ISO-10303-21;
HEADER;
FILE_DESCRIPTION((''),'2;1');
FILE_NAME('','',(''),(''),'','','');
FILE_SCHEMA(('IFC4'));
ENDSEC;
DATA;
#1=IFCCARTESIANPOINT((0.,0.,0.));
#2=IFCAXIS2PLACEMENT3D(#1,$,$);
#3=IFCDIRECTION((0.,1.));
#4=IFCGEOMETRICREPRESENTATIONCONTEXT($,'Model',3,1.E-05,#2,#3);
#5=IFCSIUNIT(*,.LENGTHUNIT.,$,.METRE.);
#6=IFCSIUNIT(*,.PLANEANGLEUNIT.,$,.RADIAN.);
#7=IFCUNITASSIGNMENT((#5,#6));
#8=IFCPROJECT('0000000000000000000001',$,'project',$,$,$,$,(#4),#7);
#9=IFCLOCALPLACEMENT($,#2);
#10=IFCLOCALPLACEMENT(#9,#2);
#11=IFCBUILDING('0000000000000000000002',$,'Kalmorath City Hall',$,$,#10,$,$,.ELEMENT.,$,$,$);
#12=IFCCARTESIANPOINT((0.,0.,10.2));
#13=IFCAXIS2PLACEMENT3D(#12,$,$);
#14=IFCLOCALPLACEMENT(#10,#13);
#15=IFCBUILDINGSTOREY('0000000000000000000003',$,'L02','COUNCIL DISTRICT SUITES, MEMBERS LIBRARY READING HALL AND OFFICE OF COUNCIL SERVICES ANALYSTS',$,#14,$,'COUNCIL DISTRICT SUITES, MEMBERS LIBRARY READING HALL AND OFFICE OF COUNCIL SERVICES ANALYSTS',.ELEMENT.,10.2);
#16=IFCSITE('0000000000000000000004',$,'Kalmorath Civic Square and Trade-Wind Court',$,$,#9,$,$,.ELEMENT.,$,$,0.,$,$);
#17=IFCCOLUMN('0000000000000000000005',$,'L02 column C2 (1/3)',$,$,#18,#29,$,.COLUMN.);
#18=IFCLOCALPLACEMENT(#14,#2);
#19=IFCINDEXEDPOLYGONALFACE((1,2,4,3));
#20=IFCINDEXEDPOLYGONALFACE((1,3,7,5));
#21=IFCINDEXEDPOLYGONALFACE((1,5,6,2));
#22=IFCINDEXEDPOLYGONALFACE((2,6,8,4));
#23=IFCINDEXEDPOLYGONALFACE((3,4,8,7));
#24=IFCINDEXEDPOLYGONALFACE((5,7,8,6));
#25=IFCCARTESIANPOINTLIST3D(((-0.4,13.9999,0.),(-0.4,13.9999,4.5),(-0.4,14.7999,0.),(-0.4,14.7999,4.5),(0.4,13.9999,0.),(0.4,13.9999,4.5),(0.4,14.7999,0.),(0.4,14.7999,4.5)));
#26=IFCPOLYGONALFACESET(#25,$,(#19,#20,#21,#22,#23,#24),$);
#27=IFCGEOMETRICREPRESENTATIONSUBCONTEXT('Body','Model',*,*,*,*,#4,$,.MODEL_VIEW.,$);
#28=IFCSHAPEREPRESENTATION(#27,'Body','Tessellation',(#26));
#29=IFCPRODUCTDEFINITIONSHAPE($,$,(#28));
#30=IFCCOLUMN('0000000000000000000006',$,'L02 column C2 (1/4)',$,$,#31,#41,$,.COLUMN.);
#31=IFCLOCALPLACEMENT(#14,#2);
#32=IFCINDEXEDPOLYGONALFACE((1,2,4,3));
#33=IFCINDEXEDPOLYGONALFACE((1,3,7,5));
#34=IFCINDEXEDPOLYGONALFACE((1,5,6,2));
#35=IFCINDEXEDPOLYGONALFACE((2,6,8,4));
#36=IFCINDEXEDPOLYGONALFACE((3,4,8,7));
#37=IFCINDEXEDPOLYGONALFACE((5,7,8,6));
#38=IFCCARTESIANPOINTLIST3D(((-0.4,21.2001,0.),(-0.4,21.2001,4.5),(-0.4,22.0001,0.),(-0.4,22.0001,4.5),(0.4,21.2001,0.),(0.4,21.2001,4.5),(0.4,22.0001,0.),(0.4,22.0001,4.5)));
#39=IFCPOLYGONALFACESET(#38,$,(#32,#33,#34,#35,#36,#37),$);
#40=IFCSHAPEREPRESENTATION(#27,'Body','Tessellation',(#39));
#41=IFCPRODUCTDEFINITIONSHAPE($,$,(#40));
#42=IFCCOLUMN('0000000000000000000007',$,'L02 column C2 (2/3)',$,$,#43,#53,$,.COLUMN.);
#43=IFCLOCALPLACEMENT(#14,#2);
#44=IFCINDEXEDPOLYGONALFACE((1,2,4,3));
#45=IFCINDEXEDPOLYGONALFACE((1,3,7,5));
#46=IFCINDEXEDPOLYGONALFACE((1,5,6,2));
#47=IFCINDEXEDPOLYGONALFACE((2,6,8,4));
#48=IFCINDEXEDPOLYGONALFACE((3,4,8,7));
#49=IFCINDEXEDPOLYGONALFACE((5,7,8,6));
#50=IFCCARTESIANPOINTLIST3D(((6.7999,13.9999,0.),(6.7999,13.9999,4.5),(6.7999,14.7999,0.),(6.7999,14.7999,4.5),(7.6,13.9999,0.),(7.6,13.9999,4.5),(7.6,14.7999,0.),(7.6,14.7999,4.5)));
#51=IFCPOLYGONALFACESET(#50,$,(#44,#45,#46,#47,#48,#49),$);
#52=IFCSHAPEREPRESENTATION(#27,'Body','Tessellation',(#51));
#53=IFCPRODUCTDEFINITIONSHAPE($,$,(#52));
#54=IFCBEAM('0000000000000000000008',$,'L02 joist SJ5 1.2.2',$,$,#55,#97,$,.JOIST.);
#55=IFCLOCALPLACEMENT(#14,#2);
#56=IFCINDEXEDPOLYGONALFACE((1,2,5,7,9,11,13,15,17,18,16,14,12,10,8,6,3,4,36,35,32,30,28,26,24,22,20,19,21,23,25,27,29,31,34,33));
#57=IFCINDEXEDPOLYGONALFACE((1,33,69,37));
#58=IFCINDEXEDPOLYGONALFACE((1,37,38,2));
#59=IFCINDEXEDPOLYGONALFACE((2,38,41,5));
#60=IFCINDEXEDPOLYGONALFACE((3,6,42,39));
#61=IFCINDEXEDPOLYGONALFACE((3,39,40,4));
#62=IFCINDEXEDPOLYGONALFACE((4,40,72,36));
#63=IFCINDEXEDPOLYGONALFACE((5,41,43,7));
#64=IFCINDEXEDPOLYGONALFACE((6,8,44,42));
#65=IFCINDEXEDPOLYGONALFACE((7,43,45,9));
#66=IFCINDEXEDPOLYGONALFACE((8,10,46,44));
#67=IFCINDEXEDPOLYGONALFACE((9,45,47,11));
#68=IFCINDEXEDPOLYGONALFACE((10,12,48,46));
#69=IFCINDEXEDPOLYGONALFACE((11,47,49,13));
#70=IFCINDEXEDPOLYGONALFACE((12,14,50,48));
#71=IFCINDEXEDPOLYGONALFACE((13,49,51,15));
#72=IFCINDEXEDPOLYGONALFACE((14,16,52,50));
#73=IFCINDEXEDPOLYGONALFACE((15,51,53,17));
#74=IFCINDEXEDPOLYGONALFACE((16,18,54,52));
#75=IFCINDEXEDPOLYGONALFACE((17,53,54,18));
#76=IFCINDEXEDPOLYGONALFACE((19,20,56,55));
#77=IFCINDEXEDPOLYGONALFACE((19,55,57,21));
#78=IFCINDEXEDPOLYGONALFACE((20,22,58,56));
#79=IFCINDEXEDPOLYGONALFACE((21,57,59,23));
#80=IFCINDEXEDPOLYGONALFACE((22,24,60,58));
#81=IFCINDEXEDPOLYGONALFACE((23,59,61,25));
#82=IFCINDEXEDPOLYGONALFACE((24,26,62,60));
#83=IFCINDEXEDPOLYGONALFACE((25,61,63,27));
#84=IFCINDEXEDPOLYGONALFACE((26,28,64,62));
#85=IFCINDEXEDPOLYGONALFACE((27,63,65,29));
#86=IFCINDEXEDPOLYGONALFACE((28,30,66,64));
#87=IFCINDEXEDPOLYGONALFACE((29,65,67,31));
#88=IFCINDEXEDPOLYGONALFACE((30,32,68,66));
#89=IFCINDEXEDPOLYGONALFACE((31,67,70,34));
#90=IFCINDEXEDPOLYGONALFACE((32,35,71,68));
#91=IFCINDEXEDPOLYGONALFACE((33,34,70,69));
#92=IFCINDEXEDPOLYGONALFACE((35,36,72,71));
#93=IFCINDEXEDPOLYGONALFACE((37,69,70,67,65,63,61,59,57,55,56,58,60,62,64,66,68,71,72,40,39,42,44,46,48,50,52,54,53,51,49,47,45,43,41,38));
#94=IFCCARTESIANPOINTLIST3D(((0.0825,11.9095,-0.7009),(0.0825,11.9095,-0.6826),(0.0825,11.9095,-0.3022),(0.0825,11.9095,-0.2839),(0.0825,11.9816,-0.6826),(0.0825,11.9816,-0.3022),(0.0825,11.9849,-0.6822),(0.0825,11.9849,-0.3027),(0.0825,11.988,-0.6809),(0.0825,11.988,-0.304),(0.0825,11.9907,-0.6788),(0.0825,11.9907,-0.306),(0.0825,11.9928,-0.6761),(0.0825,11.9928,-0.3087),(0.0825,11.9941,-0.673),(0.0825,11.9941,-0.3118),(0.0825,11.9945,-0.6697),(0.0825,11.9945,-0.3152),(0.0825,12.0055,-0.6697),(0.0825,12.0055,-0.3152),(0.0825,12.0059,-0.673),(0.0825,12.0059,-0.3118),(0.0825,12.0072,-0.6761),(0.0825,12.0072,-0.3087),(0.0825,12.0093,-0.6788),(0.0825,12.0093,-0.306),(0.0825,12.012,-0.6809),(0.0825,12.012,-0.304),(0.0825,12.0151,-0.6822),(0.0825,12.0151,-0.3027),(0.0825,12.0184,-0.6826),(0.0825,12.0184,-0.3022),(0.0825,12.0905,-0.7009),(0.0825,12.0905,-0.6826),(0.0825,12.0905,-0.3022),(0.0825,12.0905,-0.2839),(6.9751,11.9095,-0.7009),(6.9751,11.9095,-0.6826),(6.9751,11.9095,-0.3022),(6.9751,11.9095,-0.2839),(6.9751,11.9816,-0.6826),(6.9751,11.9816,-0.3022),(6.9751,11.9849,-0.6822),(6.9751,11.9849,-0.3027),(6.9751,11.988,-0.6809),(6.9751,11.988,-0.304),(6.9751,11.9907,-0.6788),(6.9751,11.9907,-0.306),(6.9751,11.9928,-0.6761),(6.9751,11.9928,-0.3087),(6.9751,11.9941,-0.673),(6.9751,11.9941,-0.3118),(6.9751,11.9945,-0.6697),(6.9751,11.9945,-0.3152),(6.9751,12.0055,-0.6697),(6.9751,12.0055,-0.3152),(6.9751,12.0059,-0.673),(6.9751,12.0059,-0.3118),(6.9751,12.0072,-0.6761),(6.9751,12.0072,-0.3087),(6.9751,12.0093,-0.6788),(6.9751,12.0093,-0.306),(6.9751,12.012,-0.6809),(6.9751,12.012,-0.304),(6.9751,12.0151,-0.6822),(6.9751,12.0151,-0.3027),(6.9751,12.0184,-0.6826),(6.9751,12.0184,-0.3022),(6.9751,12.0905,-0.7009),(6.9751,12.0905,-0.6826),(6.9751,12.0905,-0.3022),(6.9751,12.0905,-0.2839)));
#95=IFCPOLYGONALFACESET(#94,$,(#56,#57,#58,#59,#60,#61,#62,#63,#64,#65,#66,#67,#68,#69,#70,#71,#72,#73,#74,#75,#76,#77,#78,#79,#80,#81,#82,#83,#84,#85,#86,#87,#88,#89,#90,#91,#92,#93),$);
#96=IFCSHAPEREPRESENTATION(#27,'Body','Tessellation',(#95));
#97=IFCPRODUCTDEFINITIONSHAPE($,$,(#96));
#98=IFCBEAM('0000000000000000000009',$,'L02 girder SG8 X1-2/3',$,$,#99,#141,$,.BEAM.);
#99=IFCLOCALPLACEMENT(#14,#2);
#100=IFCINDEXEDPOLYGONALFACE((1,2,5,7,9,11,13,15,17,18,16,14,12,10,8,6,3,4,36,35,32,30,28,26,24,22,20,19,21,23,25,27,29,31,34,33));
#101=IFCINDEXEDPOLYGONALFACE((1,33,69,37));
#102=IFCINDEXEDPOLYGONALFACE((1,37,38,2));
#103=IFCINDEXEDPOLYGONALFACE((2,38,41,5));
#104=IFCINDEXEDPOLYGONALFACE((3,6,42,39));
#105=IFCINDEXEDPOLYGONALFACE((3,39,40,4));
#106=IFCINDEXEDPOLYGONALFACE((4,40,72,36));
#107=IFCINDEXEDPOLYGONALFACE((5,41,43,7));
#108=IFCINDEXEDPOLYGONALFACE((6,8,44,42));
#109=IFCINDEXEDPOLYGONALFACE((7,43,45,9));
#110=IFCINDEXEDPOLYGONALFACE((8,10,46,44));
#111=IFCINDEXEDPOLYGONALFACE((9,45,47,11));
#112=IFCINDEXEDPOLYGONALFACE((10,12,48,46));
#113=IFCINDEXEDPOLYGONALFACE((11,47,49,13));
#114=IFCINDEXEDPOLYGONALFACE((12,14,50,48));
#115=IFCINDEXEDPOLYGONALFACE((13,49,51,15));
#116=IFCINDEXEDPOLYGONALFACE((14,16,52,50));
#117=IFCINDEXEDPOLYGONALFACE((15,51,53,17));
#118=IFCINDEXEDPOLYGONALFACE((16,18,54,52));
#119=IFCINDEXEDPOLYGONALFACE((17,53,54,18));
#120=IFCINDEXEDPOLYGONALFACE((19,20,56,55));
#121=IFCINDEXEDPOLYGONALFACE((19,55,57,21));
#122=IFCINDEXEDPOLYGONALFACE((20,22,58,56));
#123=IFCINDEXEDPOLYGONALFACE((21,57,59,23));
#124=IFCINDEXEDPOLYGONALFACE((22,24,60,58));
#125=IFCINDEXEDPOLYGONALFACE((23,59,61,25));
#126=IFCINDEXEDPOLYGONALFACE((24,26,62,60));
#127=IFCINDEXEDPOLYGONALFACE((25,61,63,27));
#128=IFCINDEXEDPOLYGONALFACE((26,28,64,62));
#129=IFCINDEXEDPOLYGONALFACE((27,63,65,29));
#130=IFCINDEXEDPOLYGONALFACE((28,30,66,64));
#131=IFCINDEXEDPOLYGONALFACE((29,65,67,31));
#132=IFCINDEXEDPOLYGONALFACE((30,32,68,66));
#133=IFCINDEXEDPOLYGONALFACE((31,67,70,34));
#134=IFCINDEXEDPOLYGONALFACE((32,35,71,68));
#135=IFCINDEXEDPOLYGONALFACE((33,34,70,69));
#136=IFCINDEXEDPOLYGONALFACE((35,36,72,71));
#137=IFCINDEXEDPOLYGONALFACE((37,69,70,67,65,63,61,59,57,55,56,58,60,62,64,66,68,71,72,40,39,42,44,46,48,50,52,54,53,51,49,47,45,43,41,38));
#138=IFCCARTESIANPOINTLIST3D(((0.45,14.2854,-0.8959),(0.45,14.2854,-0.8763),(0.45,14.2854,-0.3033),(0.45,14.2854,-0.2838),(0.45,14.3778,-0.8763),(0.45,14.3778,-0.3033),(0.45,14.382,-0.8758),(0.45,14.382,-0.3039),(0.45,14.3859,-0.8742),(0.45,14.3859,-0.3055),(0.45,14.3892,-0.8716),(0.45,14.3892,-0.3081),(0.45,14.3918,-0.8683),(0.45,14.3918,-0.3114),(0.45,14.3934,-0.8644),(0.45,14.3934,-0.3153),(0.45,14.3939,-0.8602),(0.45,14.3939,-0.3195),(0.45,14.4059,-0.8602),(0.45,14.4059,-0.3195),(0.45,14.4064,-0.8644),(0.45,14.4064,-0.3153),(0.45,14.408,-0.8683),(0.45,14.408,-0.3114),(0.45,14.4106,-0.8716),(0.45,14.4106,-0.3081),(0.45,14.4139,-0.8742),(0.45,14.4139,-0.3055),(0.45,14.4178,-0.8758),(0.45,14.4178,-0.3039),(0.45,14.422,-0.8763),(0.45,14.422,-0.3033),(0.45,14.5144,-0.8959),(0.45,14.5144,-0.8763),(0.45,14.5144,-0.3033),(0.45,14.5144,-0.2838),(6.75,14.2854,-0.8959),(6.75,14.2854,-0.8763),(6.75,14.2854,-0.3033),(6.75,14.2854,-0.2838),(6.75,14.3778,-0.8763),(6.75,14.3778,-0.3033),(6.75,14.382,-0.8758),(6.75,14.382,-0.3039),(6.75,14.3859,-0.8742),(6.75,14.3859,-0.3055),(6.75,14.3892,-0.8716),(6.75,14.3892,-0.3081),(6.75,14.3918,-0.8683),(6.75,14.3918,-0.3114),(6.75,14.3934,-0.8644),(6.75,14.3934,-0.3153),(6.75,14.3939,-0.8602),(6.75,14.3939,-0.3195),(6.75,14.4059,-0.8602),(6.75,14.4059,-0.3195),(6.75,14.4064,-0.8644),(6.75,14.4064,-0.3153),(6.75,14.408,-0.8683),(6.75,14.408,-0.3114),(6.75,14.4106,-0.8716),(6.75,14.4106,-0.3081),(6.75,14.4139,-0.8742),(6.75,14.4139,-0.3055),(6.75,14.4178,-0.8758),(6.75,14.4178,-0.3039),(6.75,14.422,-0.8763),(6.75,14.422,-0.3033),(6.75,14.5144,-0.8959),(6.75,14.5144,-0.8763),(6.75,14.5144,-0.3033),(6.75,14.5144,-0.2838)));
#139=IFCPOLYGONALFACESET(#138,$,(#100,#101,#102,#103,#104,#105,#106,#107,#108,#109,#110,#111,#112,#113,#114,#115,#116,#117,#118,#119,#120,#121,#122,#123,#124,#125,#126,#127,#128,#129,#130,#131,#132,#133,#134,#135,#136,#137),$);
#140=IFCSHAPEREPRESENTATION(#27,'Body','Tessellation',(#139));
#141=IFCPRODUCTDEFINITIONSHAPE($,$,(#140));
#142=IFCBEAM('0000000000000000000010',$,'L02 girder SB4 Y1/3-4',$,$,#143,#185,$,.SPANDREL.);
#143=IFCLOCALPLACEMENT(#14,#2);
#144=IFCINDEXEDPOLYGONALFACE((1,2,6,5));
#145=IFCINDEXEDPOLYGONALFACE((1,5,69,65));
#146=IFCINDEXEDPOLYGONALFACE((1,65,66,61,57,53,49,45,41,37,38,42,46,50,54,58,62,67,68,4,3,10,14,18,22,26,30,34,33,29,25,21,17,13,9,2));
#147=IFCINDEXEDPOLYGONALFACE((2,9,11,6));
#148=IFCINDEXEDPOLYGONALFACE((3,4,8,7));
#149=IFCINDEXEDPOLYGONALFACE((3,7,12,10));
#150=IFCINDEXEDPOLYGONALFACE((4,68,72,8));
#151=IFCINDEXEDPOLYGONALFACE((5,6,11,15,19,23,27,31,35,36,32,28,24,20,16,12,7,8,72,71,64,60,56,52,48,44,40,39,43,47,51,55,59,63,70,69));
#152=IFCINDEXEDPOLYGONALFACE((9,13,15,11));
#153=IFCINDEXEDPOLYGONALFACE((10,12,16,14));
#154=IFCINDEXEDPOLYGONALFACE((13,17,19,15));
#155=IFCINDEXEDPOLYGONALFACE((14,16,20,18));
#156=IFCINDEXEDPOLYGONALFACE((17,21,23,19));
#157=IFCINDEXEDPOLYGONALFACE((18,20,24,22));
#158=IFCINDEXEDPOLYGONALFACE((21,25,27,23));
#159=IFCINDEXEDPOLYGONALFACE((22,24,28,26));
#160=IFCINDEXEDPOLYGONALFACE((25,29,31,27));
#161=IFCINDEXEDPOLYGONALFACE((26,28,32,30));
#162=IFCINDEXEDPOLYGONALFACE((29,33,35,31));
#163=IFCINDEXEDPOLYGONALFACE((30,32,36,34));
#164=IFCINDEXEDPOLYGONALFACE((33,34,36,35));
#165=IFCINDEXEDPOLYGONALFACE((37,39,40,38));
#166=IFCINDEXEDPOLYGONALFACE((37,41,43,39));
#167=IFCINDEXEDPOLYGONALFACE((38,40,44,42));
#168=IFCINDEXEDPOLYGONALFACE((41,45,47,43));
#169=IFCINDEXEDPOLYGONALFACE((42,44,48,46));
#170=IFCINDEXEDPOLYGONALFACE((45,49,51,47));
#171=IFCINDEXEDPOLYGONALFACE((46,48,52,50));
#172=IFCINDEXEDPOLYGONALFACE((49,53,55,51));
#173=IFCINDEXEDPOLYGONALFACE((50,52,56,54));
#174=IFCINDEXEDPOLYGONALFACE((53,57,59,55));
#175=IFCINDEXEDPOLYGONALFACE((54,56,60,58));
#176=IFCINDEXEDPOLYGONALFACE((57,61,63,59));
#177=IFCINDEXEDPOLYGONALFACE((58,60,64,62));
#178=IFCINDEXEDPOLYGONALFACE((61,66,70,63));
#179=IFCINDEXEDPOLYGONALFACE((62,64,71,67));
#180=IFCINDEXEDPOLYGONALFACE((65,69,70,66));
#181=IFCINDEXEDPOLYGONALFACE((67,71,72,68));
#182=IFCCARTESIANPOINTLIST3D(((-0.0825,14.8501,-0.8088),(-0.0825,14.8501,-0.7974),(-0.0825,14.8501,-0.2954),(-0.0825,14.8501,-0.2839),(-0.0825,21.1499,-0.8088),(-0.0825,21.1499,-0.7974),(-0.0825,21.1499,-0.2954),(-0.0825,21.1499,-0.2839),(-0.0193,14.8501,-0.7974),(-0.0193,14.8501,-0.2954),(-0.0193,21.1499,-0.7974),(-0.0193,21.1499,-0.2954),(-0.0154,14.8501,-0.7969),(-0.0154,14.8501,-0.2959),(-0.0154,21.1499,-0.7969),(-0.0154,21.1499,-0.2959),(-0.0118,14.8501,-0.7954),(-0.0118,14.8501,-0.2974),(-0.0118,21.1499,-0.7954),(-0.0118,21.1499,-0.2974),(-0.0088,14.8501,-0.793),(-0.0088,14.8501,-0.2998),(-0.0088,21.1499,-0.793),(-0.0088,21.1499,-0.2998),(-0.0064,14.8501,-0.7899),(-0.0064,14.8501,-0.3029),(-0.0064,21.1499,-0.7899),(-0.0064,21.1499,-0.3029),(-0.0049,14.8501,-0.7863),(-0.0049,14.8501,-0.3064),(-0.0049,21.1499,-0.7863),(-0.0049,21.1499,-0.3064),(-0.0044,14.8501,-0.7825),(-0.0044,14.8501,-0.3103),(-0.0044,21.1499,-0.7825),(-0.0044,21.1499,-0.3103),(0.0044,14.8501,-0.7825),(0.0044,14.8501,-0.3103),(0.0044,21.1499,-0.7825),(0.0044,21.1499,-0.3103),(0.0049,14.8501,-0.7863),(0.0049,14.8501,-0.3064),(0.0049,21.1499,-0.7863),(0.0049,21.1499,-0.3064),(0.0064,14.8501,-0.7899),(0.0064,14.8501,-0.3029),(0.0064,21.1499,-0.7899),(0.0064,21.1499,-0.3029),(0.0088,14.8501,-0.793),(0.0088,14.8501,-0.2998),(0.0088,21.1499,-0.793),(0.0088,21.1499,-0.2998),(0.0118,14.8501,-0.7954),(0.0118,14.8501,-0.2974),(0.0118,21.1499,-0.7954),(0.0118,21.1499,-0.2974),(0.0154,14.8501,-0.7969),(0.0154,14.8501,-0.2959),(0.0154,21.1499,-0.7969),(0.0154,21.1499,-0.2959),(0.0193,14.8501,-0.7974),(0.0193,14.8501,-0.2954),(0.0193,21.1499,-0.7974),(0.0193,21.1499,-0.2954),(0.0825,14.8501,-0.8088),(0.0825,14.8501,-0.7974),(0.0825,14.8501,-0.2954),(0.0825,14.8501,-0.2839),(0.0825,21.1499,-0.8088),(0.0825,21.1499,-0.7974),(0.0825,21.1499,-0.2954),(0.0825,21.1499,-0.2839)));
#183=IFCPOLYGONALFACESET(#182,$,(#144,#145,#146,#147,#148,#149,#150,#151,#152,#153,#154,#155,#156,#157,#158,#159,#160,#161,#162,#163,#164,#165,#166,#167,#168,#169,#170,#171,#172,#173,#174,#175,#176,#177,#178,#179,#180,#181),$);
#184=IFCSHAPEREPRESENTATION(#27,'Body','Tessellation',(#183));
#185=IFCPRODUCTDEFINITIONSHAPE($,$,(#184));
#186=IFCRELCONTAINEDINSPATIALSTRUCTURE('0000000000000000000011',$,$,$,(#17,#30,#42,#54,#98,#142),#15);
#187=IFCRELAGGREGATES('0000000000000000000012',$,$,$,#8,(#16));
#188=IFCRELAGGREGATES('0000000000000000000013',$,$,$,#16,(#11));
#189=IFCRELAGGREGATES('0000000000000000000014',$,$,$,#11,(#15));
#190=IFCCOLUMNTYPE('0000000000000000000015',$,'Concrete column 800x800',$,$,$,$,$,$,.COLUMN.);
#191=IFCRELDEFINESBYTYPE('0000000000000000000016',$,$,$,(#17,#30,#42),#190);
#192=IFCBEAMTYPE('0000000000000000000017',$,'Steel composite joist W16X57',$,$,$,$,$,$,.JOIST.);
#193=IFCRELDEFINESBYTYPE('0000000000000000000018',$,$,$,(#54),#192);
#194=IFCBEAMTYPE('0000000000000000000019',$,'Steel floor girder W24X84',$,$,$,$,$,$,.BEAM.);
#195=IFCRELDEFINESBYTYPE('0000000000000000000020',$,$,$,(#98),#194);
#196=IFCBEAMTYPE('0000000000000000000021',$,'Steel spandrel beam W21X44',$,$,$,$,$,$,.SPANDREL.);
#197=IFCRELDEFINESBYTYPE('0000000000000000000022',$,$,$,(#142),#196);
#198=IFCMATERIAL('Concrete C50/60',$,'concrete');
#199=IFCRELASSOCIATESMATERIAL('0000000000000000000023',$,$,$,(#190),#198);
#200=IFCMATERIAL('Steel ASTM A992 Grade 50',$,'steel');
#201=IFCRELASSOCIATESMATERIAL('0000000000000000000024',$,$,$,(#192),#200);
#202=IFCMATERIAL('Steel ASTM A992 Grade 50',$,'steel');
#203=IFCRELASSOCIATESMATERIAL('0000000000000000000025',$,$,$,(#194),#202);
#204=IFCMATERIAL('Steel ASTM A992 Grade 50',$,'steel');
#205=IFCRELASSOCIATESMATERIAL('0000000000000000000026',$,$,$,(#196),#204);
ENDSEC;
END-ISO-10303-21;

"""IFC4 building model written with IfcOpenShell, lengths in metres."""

from ifc_helpers import new_model, si_unit, direction, frame, origin, origin_2d, place, context, subcontext, project, spatial, rectangle, i_section, extrude, material, material_profile, profile_set, type_object, element, save


model = new_model("IFC4")

# Units and contexts
model_context = context("Model", 3, precision=1e-05, world=origin(), true_north=direction((0.0, 1.0)))
body_context = subcontext(model_context, "Body", "Model", "MODEL_VIEW")
ifc_project = project(units=[si_unit("LENGTHUNIT", "METRE"), si_unit("PLANEANGLEUNIT", "RADIAN")], contexts=[model_context])

# Site, building, storey
site_placement = place(None, origin())
site = spatial("IfcSite", under=ifc_project, at=site_placement, Name="Kalmorath Civic Square and Trade-Wind Court", CompositionType="ELEMENT", RefElevation=0.0)
building_placement = place(site_placement, origin())
building = spatial("IfcBuilding", under=site, at=building_placement, Name="Kalmorath City Hall", CompositionType="ELEMENT")
storey_placement = place(building_placement, frame((0.0, 0.0, 10.2)))
storey = spatial("IfcBuildingStorey", under=building, at=storey_placement, Name="L02", Description="COUNCIL DISTRICT SUITES, MEMBERS LIBRARY READING HALL AND OFFICE OF COUNCIL SERVICES ANALYSTS", LongName="COUNCIL DISTRICT SUITES, MEMBERS LIBRARY READING HALL AND OFFICE OF COUNCIL SERVICES ANALYSTS", CompositionType="ELEMENT", Elevation=10.2)

# Columns
ifc_material_1 = material(Name="Concrete C50/60", Category="concrete")
ifc_material_profile_1 = material_profile(ifc_material_1, rectangle(XDim=0.8, YDim=0.8, at=origin_2d()), Name="RC-COL-800X800")
ifc_profile_set_1 = profile_set([ifc_material_profile_1], Name="Concrete C50/60")
column_type = type_object("IfcColumnType", Name="Concrete column 800x800", PredefinedType="COLUMN", material=ifc_profile_set_1)
for number, where, z_axis, x_axis, name in (
    (1, (0.0, 14.3999, 0.0), (0.0, 0.0, 1.0), (1.0, 0.0, 0.0), "L02 column C2 (1/3)"),
    (2, (0.0, 21.6001, 0.0), (0.0, 0.0, 1.0), (1.0, 0.0, 0.0), "L02 column C2 (1/4)"),
    (3, (7.2, 14.3999, 0.0), (0.0, 0.0, 1.0), (1.0, 0.0, 0.0), "L02 column C2 (2/3)"),
):
    element("IfcColumn", number, at=place(storey_placement, frame(where, z_axis=z_axis, x_axis=x_axis)), inside=storey, type_object=column_type, Name=name, PredefinedType="COLUMN", context=body_context, shape_type="SweptSolid", body=[
        extrude(rectangle(XDim=0.8, YDim=0.8, at=origin_2d()), origin(), (0.0, 0.0, 1.0), 4.5),
    ])

# Beams
ifc_material_2 = material(Name="Steel ASTM A992 Grade 50", Category="steel")
ifc_material_profile_2 = material_profile(ifc_material_2, i_section(OverallWidth=0.1809, OverallDepth=0.417, WebThickness=0.011, FlangeThickness=0.0183, FilletRadius=0.0129, at=origin_2d()), Name="W16X57")
ifc_profile_set_2 = profile_set([ifc_material_profile_2], Name="Steel ASTM A992 Grade 50")
beam_type_1 = type_object("IfcBeamType", Name="Steel composite joist W16X57", PredefinedType="JOIST", material=ifc_profile_set_2)
beam_1_placement = place(storey_placement, frame((0.0825, 12.0, -0.4924), z_axis=(1.0, 0.0, 0.0), x_axis=(0.0, 1.0, 0.0)))
element("IfcBeam", 4, at=beam_1_placement, inside=storey, type_object=beam_type_1, Name="L02 joist SJ5 1.2.2", PredefinedType="JOIST", context=body_context, shape_type="SweptSolid", body=[
    extrude(i_section(OverallWidth=0.1809, OverallDepth=0.417, WebThickness=0.011, FlangeThickness=0.0183, FilletRadius=0.0129, at=origin_2d()), origin(), (0.0, 0.0, 1.0), 6.8926),
])
ifc_material_3 = material(Name="Steel ASTM A992 Grade 50", Category="steel")
ifc_material_profile_3 = material_profile(ifc_material_3, i_section(OverallWidth=0.229, OverallDepth=0.6121, WebThickness=0.012, FlangeThickness=0.0195, FilletRadius=0.0161, at=origin_2d()), Name="W24X84")
ifc_profile_set_3 = profile_set([ifc_material_profile_3], Name="Steel ASTM A992 Grade 50")
beam_type_2 = type_object("IfcBeamType", Name="Steel floor girder W24X84", PredefinedType="BEAM", material=ifc_profile_set_3)
beam_2_placement = place(storey_placement, frame((0.45, 14.3999, -0.5898), z_axis=(1.0, 0.0, 0.0), x_axis=(0.0, 1.0, 0.0)))
element("IfcBeam", 5, at=beam_2_placement, inside=storey, type_object=beam_type_2, Name="L02 girder SG8 X1-2/3", PredefinedType="BEAM", context=body_context, shape_type="SweptSolid", body=[
    extrude(i_section(OverallWidth=0.229, OverallDepth=0.6121, WebThickness=0.012, FlangeThickness=0.0195, FilletRadius=0.0161, at=origin_2d()), origin(), (0.0, 0.0, 1.0), 6.3),
])
ifc_material_4 = material(Name="Steel ASTM A992 Grade 50", Category="steel")
ifc_material_profile_4 = material_profile(ifc_material_4, i_section(OverallWidth=0.165, OverallDepth=0.5249, WebThickness=0.0088, FlangeThickness=0.0115, FilletRadius=0.0149, at=origin_2d()), Name="W21X44")
ifc_profile_set_4 = profile_set([ifc_material_profile_4], Name="Steel ASTM A992 Grade 50")
beam_type_3 = type_object("IfcBeamType", Name="Steel spandrel beam W21X44", PredefinedType="SPANDREL", material=ifc_profile_set_4)
beam_3_placement = place(storey_placement, frame((0.0, 14.8501, -0.5464), z_axis=(0.0, 1.0, 0.0), x_axis=(-1.0, 0.0, 0.0)))
element("IfcBeam", 6, at=beam_3_placement, inside=storey, type_object=beam_type_3, Name="L02 girder SB4 Y1/3-4", PredefinedType="SPANDREL", context=body_context, shape_type="SweptSolid", body=[
    extrude(i_section(OverallWidth=0.165, OverallDepth=0.5249, WebThickness=0.0088, FlangeThickness=0.0115, FilletRadius=0.0149, at=origin_2d()), origin(), (0.0, 0.0, 1.0), 6.2998),
])

save(model, "model.ifc")
